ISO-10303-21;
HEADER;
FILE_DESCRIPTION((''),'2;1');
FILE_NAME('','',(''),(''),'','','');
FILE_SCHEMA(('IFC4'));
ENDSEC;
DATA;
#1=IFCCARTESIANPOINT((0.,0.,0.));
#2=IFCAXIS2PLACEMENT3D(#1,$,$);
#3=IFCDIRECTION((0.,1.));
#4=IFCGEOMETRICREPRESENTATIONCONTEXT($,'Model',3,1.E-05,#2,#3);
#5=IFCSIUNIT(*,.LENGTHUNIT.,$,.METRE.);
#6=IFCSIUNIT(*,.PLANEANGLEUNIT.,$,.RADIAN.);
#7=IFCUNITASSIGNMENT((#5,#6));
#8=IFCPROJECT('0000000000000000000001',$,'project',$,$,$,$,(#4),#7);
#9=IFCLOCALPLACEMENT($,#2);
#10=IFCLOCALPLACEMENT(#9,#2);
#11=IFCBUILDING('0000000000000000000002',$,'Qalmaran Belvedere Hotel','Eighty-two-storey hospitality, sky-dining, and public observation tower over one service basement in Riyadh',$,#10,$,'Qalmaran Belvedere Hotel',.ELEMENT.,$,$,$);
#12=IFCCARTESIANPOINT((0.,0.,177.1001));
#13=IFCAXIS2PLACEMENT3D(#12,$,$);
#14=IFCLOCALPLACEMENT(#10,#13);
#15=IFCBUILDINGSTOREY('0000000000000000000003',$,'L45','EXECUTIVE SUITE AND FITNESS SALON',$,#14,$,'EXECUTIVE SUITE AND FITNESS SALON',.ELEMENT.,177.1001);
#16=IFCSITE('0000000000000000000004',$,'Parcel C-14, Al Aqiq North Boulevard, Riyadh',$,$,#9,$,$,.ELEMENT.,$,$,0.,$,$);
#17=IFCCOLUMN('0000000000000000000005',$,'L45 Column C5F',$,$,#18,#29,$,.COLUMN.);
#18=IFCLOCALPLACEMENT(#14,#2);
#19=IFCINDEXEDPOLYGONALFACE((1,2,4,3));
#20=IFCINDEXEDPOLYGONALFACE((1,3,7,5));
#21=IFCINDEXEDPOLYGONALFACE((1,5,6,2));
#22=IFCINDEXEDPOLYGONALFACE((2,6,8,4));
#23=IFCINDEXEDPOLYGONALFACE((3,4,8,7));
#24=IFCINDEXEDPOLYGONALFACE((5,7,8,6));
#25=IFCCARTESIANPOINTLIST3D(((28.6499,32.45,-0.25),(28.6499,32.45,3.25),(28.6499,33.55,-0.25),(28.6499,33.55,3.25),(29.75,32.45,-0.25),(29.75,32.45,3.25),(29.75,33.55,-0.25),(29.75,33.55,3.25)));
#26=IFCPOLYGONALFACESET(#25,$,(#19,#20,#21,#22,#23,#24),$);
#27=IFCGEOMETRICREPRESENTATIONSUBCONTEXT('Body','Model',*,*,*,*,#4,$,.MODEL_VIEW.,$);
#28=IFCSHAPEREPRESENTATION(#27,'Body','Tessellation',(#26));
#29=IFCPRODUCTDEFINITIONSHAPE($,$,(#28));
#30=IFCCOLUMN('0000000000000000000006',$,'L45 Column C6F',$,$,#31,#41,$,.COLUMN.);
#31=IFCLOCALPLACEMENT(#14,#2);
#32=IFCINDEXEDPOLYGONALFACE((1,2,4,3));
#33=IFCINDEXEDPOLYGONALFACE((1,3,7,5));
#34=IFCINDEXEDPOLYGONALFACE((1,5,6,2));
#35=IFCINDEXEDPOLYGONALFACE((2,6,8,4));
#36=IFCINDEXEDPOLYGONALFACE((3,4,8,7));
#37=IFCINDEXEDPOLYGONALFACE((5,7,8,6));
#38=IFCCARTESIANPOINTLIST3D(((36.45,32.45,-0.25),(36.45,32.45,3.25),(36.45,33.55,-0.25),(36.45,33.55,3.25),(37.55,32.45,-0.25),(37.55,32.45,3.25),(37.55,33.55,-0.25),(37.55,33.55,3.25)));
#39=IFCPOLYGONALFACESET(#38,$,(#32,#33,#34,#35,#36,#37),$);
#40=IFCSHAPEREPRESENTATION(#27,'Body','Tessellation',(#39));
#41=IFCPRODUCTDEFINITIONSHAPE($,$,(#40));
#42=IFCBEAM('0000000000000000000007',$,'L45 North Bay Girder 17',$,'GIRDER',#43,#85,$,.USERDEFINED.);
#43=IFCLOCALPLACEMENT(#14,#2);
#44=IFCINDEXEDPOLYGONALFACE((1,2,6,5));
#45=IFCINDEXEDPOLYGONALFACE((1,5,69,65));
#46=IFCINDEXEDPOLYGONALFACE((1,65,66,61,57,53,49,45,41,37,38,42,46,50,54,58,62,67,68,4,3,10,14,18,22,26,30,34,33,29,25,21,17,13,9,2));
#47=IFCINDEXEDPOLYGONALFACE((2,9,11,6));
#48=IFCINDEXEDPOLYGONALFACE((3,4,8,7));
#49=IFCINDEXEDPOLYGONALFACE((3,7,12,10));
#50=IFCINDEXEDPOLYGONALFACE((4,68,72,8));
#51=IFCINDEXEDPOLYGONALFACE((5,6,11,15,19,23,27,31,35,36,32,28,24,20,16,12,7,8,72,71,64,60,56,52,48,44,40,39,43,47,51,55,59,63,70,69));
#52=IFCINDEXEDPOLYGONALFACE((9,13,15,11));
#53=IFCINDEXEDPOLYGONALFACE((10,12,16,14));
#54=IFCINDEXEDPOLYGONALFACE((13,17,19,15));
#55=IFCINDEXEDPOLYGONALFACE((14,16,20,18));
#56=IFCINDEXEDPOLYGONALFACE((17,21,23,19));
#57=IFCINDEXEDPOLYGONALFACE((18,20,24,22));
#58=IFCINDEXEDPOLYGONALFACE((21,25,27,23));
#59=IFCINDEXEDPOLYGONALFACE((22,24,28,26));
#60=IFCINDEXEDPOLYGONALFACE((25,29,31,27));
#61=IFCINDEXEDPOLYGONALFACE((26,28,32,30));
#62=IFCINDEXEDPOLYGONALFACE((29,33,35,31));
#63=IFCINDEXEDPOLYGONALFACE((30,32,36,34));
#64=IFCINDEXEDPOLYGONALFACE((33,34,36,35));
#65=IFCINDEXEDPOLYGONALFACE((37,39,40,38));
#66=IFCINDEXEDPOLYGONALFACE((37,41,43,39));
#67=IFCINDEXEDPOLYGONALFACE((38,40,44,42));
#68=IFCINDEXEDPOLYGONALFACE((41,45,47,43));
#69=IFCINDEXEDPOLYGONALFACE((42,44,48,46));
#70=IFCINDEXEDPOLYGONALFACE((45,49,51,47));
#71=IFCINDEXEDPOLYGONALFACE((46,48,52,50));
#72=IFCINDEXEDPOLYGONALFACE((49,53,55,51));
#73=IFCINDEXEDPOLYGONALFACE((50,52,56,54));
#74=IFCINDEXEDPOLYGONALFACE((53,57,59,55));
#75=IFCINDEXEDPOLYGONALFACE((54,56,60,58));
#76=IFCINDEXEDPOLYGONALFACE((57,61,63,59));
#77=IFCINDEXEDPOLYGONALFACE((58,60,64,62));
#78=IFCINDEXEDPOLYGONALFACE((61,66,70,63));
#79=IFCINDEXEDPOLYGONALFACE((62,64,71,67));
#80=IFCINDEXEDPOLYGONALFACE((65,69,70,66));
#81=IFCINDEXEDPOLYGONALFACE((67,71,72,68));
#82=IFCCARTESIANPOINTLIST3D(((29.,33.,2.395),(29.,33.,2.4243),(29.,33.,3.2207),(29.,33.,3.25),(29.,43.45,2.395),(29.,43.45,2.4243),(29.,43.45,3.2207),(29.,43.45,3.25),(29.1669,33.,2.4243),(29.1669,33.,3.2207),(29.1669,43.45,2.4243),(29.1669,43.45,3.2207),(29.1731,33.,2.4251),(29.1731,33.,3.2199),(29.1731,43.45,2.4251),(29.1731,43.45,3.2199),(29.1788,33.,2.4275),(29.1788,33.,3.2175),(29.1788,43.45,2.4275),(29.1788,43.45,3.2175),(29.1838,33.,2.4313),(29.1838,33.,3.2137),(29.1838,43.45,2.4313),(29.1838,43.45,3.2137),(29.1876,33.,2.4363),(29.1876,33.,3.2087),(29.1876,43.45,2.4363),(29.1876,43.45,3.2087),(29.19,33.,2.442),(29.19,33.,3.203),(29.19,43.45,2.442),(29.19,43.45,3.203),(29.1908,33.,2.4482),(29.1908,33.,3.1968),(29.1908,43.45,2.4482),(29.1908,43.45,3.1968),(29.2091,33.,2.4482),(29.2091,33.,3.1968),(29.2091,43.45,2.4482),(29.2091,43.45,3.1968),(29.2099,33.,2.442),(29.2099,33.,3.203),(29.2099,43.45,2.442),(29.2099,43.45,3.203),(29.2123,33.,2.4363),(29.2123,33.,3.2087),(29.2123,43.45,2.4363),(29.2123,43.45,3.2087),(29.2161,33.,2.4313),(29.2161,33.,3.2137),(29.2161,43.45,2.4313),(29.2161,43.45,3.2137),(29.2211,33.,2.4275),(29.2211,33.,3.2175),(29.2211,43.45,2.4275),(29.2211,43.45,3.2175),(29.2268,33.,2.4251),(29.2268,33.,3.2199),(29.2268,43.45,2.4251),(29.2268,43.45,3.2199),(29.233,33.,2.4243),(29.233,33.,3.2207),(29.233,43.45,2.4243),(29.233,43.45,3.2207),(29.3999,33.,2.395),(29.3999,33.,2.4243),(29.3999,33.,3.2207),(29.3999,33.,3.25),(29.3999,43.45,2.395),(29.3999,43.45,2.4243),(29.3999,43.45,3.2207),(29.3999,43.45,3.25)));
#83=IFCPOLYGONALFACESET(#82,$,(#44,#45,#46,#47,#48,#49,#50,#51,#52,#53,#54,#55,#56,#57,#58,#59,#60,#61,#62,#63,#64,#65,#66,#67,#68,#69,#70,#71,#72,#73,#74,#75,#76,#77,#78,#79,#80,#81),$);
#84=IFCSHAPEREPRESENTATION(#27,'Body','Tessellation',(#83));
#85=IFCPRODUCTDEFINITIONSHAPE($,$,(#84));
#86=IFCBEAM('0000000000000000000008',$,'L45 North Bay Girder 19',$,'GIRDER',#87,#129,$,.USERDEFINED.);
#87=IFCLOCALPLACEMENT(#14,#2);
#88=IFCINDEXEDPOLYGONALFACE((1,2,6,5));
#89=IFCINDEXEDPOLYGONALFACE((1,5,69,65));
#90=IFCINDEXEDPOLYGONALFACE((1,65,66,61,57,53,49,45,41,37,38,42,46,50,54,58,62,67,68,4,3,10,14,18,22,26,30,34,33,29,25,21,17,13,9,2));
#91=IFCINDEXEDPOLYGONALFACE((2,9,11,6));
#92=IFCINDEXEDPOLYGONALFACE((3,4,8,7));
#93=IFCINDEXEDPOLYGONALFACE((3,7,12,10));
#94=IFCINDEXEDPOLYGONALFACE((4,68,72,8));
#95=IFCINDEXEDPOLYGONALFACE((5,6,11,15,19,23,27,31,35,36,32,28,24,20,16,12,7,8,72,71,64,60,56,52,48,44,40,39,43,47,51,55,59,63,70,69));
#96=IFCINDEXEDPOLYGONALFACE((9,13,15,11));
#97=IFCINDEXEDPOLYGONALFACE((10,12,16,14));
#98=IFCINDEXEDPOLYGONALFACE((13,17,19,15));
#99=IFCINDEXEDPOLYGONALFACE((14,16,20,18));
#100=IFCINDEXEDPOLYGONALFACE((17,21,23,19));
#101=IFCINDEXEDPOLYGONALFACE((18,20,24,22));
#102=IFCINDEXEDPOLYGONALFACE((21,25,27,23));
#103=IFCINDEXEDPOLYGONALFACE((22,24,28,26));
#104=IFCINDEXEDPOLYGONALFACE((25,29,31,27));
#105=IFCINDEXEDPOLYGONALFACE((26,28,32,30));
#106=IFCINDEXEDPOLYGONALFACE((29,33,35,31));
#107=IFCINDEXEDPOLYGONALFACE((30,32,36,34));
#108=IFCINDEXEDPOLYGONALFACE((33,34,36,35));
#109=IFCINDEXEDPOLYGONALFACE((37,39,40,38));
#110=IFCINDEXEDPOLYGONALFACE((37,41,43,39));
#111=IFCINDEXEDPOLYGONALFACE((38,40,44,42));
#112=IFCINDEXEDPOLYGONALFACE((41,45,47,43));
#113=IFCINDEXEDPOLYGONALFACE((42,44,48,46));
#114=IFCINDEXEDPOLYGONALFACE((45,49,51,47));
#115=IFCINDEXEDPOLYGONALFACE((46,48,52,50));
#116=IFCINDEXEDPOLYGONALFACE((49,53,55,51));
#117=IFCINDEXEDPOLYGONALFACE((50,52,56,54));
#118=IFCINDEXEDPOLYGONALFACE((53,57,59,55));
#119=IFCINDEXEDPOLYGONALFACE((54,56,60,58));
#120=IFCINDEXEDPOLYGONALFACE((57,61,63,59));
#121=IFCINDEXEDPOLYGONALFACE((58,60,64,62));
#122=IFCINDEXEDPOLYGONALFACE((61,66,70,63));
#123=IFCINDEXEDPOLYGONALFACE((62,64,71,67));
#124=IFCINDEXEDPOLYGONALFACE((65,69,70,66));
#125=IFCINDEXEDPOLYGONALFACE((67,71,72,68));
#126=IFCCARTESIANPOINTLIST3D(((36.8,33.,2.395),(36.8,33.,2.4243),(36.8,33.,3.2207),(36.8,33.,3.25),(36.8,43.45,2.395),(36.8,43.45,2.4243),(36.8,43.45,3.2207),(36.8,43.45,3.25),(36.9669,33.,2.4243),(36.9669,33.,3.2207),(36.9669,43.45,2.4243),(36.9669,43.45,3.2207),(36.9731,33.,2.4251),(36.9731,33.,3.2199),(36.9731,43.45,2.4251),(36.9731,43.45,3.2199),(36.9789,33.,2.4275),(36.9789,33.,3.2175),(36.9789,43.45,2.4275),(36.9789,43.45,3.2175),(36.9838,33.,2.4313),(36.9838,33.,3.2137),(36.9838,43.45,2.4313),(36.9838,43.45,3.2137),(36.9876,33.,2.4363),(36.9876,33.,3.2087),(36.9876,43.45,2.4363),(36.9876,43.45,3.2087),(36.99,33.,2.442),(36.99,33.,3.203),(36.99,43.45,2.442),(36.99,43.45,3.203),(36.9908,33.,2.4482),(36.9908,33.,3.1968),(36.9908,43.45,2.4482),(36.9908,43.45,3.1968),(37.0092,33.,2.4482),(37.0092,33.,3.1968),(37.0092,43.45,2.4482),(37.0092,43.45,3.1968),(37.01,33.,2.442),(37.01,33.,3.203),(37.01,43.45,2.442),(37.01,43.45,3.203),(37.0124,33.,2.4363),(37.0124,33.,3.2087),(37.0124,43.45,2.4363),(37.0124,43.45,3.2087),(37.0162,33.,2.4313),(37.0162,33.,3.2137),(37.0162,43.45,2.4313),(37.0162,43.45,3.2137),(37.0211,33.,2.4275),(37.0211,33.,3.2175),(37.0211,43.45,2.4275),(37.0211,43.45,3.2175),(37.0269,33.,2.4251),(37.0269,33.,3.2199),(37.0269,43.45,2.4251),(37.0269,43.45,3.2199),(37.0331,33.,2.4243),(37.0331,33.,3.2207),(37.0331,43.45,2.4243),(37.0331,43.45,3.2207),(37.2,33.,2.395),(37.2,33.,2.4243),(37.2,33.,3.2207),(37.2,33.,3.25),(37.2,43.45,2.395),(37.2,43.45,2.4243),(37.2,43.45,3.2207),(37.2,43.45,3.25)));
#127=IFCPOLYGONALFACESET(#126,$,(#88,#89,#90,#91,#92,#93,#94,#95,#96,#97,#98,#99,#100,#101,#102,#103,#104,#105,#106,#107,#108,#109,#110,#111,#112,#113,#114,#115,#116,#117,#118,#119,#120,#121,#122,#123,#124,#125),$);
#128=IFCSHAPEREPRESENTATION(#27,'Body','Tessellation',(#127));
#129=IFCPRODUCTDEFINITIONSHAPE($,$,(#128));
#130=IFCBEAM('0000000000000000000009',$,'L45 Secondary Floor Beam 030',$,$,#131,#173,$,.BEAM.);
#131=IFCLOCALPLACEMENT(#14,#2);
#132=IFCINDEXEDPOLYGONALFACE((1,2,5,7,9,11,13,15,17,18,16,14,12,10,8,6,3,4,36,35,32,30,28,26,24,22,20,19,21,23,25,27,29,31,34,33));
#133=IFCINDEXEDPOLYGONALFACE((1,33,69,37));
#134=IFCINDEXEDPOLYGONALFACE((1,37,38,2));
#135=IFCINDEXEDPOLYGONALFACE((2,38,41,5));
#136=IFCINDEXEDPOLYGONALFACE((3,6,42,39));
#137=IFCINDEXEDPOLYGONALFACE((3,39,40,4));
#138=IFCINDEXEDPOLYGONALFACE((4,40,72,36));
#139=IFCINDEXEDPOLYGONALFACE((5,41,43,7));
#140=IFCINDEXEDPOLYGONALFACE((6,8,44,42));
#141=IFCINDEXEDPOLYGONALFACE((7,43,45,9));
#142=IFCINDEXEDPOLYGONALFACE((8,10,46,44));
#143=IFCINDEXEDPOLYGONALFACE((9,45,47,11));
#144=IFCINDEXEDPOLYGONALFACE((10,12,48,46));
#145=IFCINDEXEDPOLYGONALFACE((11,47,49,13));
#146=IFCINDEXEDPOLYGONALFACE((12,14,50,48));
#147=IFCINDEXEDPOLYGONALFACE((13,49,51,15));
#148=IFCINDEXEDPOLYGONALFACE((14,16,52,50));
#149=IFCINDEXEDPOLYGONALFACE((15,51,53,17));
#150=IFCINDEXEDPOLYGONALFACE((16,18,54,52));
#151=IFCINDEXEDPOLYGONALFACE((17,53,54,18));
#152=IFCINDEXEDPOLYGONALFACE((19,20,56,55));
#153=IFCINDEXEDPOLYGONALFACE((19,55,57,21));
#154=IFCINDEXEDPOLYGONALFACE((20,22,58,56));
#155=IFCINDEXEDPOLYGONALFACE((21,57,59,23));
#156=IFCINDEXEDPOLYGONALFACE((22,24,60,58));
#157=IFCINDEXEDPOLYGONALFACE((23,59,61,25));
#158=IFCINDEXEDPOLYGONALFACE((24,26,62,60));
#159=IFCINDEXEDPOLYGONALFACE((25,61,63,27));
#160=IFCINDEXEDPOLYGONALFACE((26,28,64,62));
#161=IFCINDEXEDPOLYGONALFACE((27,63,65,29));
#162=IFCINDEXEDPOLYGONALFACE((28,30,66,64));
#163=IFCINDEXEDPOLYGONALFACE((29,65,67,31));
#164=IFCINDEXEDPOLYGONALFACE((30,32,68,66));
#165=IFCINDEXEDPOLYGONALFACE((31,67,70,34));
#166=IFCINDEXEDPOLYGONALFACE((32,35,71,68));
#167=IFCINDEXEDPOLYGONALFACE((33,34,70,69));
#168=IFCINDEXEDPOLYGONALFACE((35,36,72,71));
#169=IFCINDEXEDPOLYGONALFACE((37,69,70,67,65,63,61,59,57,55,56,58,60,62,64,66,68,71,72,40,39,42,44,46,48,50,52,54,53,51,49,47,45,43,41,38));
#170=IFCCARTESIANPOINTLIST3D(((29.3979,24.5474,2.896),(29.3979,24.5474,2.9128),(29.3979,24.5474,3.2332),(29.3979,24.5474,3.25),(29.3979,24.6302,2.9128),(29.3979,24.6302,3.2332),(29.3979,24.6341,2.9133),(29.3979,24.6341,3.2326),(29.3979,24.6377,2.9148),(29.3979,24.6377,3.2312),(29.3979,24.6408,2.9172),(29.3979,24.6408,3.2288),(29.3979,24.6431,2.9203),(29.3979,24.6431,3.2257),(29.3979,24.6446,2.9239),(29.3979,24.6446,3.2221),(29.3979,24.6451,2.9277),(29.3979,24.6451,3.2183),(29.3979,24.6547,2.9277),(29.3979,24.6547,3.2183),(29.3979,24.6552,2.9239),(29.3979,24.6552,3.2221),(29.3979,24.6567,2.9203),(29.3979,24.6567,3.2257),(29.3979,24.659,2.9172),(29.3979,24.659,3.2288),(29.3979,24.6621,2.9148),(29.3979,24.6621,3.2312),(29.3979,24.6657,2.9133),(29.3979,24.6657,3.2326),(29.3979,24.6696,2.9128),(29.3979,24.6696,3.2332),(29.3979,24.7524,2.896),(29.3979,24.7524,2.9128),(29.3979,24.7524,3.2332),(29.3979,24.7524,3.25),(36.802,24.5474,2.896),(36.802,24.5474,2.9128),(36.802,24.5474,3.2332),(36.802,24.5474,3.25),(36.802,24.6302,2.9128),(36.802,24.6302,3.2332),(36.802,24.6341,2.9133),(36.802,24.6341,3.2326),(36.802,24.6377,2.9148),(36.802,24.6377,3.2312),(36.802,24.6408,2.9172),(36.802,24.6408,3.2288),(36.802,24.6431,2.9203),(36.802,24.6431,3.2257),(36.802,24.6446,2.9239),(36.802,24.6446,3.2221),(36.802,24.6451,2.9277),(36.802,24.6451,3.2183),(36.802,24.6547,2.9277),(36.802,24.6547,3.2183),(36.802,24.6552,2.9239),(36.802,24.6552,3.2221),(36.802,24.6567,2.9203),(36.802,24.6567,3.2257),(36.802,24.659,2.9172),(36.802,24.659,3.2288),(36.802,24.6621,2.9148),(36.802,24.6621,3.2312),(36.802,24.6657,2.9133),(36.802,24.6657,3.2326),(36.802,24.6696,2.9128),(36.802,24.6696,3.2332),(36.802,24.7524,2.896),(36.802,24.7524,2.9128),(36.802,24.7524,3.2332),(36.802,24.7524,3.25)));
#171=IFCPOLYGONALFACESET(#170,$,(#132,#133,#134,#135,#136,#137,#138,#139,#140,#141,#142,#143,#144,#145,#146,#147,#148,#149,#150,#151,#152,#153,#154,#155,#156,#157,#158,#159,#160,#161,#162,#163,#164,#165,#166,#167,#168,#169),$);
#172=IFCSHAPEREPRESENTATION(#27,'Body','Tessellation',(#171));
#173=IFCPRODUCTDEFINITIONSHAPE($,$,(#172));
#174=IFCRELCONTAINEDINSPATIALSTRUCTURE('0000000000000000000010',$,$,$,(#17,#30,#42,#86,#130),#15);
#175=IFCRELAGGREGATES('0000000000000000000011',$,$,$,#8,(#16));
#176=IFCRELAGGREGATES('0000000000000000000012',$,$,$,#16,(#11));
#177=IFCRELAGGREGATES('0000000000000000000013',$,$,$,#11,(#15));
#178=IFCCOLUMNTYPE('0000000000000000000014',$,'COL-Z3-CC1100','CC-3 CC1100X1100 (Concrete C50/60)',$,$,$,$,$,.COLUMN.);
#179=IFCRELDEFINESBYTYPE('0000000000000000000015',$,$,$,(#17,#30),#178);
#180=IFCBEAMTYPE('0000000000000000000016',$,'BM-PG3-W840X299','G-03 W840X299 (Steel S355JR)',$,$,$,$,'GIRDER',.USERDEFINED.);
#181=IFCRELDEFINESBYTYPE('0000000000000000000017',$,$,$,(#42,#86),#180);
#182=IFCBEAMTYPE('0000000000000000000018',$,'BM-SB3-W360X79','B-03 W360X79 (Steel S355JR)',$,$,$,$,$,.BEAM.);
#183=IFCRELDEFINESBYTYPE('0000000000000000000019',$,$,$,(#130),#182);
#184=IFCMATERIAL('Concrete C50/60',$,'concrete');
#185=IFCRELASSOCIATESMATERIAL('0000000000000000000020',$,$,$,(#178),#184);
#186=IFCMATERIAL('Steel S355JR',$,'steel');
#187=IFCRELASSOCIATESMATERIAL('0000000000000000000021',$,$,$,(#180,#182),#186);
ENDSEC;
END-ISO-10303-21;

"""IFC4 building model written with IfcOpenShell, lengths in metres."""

from ifc_helpers import new_model, si_unit, direction, frame, origin, origin_2d, place, context, subcontext, project, spatial, rectangle, i_section, extrude, material, material_profile, profile_set, type_object, element, save


model = new_model("IFC4")

# Units and contexts
model_context = context("Model", 3, precision=1e-05, world=origin(), true_north=direction((0.0, 1.0)))
body_context = subcontext(model_context, "Body", "Model", "MODEL_VIEW")
ifc_project = project(units=[si_unit("LENGTHUNIT", "METRE"), si_unit("PLANEANGLEUNIT", "RADIAN")], contexts=[model_context])

# Site, building, storey
site_placement = place(None, origin())
site = spatial("IfcSite", under=ifc_project, at=site_placement, Name="Parcel C-14, Al Aqiq North Boulevard, Riyadh", CompositionType="ELEMENT", RefElevation=0.0)
building_placement = place(site_placement, origin())
building = spatial("IfcBuilding", under=site, at=building_placement, Name="Qalmaran Belvedere Hotel", Description="Eighty-two-storey hospitality, sky-dining, and public observation tower over one service basement in Riyadh", LongName="Qalmaran Belvedere Hotel", CompositionType="ELEMENT")
storey_placement = place(building_placement, frame((0.0, 0.0, 177.1001)))
storey = spatial("IfcBuildingStorey", under=building, at=storey_placement, Name="L45", Description="EXECUTIVE SUITE AND FITNESS SALON", LongName="EXECUTIVE SUITE AND FITNESS SALON", CompositionType="ELEMENT", Elevation=177.1001)

# Columns
ifc_material_1 = material(Name="Concrete C50/60", Category="concrete")
ifc_material_profile_1 = material_profile(ifc_material_1, rectangle(XDim=1.1001, YDim=1.1001, at=origin_2d()), Name="CC1100X1100")
ifc_profile_set_1 = profile_set([ifc_material_profile_1], Name="Concrete C50/60")
column_type = type_object("IfcColumnType", Name="COL-Z3-CC1100", Description="CC-3 CC1100X1100 (Concrete C50/60)", PredefinedType="COLUMN", material=ifc_profile_set_1)
for number, where, z_axis, x_axis, name in (
    (1, (29.2, 33.0, -0.25), (0.0, 0.0, 1.0), (1.0, 0.0, 0.0), "L45 Column C5F"),
    (2, (37.0, 33.0, -0.25), (0.0, 0.0, 1.0), (1.0, 0.0, 0.0), "L45 Column C6F"),
):
    element("IfcColumn", number, at=place(storey_placement, frame(where, z_axis=z_axis, x_axis=x_axis)), inside=storey, type_object=column_type, Name=name, PredefinedType="COLUMN", context=body_context, shape_type="SweptSolid", body=[
        extrude(rectangle(XDim=1.1001, YDim=1.1001, at=origin_2d()), origin(), (0.0, 0.0, 1.0), 3.5),
    ])

# Beams
ifc_material_2 = material(Name="Steel S355JR", Category="steel")
ifc_material_profile_2 = material_profile(ifc_material_2, i_section(OverallWidth=0.3999, OverallDepth=0.855, WebThickness=0.0183, FlangeThickness=0.0293, FilletRadius=0.0239, at=origin_2d()), Name="W840X299")
ifc_profile_set_2 = profile_set([ifc_material_profile_2], Name="Steel S355JR")
beam_type_1 = type_object("IfcBeamType", Name="BM-PG3-W840X299", Description="G-03 W840X299 (Steel S355JR)", ElementType="GIRDER", PredefinedType="USERDEFINED", material=ifc_profile_set_2)
for number, where, z_axis, x_axis, name in (
    (3, (29.2, 33.0, 2.8225), (0.0, 1.0, 0.0), (-1.0, 0.0, 0.0), "L45 North Bay Girder 17"),
    (4, (37.0, 33.0, 2.8225), (0.0, 1.0, 0.0), (-1.0, 0.0, 0.0), "L45 North Bay Girder 19"),
):
    element("IfcBeam", number, at=place(storey_placement, frame(where, z_axis=z_axis, x_axis=x_axis)), inside=storey, type_object=beam_type_1, Name=name, ObjectType="GIRDER", PredefinedType="USERDEFINED", context=body_context, shape_type="SweptSolid", body=[
        extrude(i_section(OverallWidth=0.3999, OverallDepth=0.855, WebThickness=0.0183, FlangeThickness=0.0293, FilletRadius=0.0239, at=origin_2d()), origin(), (0.0, 0.0, 1.0), 10.45),
    ])
ifc_material_profile_3 = material_profile(ifc_material_2, i_section(OverallWidth=0.2051, OverallDepth=0.354, WebThickness=0.0095, FlangeThickness=0.0168, FilletRadius=0.0149, at=origin_2d()), Name="W360X79")
ifc_profile_set_3 = profile_set([ifc_material_profile_3], Name="Steel S355JR")
beam_type_2 = type_object("IfcBeamType", Name="BM-SB3-W360X79", Description="B-03 W360X79 (Steel S355JR)", PredefinedType="BEAM", material=ifc_profile_set_3)
for number, where, z_axis, x_axis, name in (
    (5, (29.3979, 24.6499, 3.073), (1.0, 0.0, 0.0), (0.0, 1.0, 0.0), "L45 Secondary Floor Beam 030"),
):
    element("IfcBeam", number, at=place(storey_placement, frame(where, z_axis=z_axis, x_axis=x_axis)), inside=storey, type_object=beam_type_2, Name=name, PredefinedType="BEAM", context=body_context, shape_type="SweptSolid", body=[
        extrude(i_section(OverallWidth=0.2051, OverallDepth=0.354, WebThickness=0.0095, FlangeThickness=0.0168, FilletRadius=0.0149, at=origin_2d()), origin(), (0.0, 0.0, 1.0), 7.4041),
    ])

save(model, "model.ifc")
